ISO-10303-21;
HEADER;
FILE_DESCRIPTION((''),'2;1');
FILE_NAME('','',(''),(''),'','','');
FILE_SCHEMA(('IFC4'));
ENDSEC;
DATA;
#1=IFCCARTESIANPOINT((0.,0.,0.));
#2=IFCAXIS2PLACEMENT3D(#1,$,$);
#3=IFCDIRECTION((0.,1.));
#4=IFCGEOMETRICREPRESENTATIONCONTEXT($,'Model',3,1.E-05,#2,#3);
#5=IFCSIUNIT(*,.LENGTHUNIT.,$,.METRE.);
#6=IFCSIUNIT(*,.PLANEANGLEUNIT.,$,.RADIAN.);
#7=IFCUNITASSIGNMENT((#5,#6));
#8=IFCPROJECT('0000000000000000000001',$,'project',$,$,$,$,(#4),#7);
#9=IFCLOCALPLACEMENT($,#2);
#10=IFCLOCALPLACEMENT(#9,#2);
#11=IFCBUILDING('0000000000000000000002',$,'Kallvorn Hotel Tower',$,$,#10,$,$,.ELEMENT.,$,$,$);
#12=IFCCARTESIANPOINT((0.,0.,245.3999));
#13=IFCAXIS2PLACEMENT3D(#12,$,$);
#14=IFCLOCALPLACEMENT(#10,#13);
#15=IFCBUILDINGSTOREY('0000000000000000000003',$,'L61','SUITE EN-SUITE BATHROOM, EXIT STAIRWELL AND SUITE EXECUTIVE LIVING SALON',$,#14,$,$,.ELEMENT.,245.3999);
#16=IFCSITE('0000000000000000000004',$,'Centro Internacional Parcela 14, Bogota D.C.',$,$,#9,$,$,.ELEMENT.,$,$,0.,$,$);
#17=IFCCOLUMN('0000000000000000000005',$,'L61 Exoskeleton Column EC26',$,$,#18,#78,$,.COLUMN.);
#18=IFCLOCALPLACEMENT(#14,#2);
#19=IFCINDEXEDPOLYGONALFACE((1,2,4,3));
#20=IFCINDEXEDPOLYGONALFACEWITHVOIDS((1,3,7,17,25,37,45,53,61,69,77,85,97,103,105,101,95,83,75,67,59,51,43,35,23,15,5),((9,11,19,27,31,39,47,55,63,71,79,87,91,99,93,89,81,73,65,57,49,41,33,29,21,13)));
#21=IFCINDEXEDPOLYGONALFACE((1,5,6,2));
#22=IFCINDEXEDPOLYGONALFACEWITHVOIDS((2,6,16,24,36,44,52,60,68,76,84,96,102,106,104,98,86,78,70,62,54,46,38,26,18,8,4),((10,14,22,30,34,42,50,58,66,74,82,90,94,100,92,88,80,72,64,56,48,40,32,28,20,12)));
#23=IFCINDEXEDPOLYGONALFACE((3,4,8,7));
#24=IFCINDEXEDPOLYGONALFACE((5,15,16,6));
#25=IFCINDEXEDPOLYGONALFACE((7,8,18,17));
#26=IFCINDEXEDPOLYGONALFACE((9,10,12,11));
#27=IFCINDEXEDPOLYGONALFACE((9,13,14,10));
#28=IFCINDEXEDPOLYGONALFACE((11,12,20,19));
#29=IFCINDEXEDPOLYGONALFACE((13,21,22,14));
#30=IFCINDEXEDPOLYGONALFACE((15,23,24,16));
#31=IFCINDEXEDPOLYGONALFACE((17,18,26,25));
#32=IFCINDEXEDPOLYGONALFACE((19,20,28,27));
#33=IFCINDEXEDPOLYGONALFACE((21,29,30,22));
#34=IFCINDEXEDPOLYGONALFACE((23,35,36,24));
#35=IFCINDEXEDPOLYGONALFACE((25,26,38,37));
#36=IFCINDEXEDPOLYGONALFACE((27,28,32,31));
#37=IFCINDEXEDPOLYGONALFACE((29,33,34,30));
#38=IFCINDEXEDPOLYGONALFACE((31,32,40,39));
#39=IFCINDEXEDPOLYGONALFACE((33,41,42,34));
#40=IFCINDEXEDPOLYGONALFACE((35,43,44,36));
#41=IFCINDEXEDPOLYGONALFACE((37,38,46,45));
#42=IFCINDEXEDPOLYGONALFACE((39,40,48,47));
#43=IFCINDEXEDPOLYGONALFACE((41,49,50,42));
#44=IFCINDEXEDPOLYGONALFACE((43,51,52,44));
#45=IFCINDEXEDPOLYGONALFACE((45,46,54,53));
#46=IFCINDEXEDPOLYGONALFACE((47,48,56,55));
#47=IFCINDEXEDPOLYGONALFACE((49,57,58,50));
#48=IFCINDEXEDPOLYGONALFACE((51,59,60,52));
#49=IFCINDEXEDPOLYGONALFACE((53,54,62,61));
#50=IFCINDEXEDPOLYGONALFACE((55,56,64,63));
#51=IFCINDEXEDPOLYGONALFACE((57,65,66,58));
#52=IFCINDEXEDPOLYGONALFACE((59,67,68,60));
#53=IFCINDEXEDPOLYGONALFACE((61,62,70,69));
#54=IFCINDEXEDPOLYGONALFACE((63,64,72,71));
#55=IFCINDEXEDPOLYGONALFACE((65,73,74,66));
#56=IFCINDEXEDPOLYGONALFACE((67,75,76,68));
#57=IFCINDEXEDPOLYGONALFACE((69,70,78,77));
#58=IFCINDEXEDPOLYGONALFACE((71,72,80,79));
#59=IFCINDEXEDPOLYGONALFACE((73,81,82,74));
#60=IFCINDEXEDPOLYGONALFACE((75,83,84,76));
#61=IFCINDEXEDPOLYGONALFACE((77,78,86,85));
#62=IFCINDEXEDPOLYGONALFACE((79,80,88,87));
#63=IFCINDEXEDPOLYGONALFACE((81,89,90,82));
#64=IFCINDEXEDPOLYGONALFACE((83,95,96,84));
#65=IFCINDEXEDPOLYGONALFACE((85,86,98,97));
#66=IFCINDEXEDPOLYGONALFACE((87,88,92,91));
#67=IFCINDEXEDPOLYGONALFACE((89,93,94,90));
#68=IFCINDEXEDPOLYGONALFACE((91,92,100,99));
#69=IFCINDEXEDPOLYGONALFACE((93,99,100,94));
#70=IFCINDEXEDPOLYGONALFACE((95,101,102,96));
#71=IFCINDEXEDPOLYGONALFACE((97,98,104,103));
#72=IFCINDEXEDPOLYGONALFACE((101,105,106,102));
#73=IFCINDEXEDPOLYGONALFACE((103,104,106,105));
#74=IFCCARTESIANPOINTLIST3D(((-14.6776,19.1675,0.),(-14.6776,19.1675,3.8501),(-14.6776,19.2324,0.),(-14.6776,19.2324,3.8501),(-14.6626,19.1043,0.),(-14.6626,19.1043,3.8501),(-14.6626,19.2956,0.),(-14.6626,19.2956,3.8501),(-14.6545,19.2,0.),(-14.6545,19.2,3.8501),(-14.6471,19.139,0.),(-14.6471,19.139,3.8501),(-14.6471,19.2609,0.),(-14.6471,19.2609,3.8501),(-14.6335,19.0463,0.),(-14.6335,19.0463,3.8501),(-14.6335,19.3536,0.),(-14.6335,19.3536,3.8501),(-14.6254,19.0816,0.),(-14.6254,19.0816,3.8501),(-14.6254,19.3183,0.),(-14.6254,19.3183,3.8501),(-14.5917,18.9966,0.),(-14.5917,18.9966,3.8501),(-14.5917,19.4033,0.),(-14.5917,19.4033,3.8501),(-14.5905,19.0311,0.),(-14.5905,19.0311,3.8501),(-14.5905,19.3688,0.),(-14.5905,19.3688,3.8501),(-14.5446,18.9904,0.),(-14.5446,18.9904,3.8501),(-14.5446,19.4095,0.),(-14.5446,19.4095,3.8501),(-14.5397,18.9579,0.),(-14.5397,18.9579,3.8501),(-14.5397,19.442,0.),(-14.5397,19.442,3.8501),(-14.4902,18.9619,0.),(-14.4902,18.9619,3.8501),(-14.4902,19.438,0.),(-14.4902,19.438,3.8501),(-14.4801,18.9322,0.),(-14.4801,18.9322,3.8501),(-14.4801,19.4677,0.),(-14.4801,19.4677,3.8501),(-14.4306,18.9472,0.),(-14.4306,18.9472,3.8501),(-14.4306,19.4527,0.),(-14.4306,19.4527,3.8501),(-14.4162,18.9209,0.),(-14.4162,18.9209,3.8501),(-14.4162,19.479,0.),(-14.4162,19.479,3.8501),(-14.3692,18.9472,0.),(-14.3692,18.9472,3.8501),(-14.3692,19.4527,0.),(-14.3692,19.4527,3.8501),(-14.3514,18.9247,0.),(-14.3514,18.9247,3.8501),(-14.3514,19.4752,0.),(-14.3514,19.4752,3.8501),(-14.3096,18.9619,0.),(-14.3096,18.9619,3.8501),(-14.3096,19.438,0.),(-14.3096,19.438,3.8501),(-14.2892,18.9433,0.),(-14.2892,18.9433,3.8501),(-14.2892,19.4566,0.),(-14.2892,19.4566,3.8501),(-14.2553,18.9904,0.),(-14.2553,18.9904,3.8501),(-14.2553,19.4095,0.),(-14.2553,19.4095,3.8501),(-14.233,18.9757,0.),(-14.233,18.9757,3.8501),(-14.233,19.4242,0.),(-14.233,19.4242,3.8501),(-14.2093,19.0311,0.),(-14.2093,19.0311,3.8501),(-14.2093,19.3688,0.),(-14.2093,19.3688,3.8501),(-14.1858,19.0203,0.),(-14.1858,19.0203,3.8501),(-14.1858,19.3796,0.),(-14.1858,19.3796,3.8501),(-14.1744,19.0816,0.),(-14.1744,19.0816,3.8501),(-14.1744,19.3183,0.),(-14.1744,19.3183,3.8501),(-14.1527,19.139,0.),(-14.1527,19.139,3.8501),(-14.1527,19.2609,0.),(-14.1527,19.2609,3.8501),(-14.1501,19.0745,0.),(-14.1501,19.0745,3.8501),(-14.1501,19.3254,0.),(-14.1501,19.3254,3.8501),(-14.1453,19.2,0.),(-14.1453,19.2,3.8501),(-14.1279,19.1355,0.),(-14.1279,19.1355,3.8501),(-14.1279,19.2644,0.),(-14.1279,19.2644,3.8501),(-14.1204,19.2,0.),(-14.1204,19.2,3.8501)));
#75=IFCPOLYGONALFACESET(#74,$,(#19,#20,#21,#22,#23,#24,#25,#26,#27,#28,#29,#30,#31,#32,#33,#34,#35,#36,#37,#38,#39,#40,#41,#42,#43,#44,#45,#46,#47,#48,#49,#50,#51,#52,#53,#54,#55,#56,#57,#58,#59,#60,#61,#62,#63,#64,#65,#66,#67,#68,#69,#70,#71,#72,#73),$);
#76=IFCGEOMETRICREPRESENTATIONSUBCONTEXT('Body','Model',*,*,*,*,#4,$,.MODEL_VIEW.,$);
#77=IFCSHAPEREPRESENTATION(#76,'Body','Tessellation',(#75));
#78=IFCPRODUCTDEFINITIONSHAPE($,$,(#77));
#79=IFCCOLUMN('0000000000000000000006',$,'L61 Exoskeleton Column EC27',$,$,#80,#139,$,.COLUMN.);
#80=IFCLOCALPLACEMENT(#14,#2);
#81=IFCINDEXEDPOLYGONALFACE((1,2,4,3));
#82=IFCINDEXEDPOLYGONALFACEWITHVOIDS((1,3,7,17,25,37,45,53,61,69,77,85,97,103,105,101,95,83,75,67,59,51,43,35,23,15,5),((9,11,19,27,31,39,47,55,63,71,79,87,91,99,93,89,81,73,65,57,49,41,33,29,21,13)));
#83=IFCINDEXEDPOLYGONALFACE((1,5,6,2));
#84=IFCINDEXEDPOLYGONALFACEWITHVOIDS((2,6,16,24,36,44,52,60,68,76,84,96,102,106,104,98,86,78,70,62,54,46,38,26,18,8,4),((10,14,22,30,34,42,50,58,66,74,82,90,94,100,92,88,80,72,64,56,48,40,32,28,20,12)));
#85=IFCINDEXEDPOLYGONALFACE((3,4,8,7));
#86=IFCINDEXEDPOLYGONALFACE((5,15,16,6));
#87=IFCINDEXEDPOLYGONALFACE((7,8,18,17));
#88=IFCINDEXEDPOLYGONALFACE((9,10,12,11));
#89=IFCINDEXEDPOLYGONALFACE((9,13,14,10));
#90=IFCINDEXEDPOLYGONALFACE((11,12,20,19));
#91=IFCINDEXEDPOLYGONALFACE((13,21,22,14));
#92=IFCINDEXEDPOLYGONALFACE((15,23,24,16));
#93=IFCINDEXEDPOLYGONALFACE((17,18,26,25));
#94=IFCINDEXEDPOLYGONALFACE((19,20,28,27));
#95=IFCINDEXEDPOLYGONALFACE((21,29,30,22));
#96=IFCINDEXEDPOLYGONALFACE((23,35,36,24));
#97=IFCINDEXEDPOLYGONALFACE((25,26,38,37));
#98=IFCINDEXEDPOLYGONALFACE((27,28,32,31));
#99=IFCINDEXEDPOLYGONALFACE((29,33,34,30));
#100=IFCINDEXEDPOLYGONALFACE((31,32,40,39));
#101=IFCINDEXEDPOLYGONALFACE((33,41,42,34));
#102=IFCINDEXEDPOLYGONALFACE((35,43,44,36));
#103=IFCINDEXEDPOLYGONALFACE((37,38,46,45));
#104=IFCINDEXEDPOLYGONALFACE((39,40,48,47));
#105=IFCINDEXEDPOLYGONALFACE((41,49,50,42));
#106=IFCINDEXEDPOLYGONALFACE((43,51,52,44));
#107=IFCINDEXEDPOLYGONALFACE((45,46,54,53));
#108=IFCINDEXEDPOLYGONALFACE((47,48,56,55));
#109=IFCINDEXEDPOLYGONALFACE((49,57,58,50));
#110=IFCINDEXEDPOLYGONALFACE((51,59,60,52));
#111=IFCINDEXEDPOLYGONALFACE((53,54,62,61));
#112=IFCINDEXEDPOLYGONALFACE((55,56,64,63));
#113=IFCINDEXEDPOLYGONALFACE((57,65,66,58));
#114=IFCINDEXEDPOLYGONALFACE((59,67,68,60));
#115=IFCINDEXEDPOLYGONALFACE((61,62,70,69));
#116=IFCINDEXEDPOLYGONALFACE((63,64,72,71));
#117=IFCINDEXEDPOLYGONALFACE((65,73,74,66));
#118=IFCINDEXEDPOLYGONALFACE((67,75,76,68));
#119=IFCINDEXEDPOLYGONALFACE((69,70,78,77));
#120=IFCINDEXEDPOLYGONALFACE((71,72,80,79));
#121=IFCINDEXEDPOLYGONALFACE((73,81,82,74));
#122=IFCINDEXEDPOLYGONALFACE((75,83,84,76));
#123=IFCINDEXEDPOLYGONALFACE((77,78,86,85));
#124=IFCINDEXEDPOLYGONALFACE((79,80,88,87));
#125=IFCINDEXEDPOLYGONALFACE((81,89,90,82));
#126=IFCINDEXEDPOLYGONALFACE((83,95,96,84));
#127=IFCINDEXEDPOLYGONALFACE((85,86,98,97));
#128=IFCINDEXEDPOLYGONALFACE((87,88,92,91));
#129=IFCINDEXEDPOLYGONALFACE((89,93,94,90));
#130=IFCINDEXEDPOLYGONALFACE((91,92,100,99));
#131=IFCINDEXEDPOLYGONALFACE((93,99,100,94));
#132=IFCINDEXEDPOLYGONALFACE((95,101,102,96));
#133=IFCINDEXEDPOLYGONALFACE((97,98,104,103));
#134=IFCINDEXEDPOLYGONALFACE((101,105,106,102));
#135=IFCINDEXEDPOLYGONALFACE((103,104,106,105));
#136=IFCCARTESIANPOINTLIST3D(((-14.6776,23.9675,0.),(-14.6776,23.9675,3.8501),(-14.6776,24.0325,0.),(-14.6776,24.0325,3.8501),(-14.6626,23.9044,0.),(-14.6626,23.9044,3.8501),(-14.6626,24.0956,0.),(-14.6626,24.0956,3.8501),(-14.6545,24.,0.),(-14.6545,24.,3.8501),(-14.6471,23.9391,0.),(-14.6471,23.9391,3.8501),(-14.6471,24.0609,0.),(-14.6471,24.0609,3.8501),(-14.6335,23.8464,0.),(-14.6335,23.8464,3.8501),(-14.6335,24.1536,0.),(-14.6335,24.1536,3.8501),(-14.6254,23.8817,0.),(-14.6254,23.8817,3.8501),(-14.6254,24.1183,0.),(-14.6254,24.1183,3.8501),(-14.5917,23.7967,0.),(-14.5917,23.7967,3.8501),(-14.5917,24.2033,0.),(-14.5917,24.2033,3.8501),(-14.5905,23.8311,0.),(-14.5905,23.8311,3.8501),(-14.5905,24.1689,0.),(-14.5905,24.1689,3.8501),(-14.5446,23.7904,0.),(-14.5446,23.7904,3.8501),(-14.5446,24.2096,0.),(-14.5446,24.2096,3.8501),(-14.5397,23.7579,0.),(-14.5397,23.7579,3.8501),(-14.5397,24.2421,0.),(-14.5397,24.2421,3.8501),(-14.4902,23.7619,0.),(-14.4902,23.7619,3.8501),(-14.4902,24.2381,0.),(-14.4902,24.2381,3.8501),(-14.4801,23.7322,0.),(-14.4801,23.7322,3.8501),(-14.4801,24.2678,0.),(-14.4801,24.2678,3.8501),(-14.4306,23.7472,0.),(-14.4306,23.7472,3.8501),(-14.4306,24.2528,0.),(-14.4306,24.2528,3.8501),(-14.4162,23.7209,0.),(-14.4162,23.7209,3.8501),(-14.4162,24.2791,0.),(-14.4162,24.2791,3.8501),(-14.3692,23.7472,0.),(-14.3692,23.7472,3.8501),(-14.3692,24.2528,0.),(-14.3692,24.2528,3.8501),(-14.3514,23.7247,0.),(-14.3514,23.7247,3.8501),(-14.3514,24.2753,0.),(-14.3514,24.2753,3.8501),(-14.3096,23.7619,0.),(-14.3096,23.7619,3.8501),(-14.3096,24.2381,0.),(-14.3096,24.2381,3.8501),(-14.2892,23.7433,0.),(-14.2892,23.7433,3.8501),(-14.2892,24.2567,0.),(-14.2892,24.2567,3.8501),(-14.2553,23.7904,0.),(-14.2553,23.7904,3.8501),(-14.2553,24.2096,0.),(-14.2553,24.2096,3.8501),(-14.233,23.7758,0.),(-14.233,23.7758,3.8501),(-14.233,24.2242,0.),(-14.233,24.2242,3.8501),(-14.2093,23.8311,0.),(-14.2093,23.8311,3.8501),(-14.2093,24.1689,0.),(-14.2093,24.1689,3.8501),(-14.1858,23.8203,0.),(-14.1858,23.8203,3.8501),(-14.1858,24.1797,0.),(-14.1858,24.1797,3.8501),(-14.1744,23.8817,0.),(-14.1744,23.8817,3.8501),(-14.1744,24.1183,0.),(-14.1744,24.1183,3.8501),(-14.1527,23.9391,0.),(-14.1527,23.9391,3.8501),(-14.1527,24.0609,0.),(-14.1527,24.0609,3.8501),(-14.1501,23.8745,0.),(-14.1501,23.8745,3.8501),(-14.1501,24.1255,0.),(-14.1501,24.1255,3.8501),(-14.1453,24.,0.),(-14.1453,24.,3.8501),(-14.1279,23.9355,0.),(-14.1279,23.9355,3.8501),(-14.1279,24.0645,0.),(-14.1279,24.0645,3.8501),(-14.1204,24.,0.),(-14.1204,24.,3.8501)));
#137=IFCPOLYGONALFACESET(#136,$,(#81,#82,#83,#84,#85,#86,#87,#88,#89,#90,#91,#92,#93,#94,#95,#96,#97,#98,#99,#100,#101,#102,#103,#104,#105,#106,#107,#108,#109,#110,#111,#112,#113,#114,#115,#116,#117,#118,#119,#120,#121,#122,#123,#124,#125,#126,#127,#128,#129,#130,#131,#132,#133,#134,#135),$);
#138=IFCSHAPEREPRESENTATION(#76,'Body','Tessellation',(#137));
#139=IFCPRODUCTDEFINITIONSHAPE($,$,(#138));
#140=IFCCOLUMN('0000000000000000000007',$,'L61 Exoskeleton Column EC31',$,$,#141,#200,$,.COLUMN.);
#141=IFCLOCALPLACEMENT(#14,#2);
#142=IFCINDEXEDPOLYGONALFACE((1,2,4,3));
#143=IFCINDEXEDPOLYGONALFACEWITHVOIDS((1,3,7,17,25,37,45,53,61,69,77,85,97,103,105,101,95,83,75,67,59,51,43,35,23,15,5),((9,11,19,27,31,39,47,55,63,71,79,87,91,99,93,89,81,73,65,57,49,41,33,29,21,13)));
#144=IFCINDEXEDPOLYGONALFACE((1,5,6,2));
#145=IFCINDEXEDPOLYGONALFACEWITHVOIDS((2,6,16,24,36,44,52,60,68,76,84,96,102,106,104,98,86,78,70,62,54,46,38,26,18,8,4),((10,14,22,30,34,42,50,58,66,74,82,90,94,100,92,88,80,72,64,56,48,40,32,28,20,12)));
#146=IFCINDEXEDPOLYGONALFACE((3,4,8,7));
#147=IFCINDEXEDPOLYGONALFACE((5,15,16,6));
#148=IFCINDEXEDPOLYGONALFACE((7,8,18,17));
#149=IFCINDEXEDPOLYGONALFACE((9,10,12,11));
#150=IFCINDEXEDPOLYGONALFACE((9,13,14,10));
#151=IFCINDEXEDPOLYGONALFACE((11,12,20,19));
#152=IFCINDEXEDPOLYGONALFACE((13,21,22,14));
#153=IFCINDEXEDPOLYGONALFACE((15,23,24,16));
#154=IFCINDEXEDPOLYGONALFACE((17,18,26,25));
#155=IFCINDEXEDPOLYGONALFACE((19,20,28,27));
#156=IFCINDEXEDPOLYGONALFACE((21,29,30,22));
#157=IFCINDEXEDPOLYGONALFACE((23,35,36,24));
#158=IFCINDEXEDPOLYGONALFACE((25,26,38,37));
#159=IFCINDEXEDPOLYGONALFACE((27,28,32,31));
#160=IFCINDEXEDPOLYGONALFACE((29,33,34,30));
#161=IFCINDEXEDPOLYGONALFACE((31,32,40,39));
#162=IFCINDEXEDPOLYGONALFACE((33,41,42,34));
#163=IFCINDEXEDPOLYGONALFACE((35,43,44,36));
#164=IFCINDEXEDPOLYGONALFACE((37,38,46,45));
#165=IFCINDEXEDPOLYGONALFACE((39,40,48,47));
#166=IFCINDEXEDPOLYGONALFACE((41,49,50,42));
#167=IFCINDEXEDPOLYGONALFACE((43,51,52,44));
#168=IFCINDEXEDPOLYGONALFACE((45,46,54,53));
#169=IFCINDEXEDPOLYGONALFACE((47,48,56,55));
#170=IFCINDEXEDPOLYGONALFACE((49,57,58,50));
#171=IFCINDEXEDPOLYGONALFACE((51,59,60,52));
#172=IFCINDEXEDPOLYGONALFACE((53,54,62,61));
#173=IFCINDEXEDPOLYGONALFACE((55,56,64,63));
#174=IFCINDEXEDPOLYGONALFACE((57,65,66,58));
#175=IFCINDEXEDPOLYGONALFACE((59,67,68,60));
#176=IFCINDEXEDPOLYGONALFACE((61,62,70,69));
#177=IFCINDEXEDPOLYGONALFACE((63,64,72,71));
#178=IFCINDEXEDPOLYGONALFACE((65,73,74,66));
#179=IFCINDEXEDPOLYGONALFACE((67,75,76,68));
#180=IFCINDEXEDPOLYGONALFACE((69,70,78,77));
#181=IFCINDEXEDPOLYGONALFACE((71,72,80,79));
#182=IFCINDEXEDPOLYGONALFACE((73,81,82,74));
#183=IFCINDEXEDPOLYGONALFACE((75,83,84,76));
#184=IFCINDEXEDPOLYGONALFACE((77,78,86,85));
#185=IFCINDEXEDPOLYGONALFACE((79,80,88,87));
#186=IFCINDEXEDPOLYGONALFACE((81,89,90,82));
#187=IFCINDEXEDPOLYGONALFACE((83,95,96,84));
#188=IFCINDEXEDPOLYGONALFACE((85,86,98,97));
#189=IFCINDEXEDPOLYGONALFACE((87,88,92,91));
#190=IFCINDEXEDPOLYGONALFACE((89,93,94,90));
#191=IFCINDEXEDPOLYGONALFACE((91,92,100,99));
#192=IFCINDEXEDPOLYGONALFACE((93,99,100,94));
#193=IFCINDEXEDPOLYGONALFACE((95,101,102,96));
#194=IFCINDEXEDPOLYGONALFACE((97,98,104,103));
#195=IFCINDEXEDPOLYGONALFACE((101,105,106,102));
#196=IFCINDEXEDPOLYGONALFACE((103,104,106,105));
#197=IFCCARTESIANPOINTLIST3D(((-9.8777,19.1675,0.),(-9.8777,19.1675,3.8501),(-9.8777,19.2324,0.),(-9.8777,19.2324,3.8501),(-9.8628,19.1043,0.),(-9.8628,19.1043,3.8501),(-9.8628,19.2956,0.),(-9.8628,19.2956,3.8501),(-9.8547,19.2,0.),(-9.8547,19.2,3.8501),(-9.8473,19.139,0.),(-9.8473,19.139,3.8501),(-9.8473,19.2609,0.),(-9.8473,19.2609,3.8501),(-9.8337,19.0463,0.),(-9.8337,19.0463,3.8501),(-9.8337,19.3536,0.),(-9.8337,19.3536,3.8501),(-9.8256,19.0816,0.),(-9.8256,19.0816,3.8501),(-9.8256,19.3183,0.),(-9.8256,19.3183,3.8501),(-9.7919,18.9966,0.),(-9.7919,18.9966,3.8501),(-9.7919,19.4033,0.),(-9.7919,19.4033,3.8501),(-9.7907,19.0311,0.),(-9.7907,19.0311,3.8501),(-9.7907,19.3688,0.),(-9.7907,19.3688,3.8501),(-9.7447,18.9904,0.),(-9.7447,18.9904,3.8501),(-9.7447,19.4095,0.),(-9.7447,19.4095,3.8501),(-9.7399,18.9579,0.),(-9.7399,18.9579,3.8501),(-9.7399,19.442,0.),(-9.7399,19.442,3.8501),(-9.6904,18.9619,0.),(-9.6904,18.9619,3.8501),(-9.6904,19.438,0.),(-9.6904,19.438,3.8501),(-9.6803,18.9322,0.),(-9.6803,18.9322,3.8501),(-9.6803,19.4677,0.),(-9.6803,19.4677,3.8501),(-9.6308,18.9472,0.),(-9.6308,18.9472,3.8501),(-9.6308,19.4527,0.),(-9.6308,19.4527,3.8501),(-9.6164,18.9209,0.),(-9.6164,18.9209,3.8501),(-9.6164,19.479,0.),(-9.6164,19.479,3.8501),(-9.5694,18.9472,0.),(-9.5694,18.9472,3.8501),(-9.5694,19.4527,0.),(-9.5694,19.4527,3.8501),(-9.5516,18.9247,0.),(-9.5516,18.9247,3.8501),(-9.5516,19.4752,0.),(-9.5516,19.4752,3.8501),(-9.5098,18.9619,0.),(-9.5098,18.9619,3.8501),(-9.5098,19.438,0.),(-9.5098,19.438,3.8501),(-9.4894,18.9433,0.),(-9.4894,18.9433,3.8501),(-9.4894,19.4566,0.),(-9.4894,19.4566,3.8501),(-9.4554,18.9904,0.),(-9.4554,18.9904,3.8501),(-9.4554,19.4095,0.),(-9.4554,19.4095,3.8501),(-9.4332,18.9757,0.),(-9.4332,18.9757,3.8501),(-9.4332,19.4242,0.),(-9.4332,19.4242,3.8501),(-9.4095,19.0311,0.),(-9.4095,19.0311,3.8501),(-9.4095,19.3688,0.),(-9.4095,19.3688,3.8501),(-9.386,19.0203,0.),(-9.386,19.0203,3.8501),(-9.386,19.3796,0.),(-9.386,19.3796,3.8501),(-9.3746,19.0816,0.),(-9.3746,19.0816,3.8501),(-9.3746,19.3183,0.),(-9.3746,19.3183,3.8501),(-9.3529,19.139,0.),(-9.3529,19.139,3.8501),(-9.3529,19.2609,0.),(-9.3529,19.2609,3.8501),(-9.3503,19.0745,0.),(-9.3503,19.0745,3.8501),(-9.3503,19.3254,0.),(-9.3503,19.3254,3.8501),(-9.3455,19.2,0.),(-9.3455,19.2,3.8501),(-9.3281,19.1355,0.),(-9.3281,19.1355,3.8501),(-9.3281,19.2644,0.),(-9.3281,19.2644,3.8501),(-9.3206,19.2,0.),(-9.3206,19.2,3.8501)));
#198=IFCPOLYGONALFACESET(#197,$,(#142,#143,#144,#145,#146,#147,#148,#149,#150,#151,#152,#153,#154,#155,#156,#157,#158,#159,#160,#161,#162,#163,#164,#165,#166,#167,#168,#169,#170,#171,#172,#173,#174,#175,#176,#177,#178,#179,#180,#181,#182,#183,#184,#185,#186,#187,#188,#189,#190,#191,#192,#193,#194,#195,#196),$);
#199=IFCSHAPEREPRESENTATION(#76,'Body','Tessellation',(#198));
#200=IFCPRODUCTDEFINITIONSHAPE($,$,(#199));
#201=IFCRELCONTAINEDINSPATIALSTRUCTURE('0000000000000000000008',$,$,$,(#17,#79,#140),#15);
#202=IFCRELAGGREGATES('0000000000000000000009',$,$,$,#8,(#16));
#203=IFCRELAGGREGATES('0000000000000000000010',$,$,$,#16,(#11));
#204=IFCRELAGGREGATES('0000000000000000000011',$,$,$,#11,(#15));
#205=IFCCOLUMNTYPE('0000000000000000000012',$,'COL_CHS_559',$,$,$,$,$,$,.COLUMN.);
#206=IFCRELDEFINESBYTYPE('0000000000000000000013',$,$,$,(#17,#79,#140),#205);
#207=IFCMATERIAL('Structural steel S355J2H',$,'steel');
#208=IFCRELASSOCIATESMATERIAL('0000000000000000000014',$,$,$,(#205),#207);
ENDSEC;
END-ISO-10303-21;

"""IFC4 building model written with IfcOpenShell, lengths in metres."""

from ifc_helpers import new_model, si_unit, direction, frame, origin, origin_2d, place, context, subcontext, project, spatial, hollow_circle, extrude, material, material_profile, profile_set, type_object, element, save


model = new_model("IFC4")

# Units and contexts
model_context = context("Model", 3, precision=1e-05, world=origin(), true_north=direction((0.0, 1.0)))
body_context = subcontext(model_context, "Body", "Model", "MODEL_VIEW")
ifc_project = project(units=[si_unit("LENGTHUNIT", "METRE"), si_unit("PLANEANGLEUNIT", "RADIAN")], contexts=[model_context])

# Site, building, storey
site_placement = place(None, origin())
site = spatial("IfcSite", under=ifc_project, at=site_placement, Name="Centro Internacional Parcela 14, Bogota D.C.", CompositionType="ELEMENT", RefElevation=0.0)
building_placement = place(site_placement, origin())
building = spatial("IfcBuilding", under=site, at=building_placement, Name="Kallvorn Hotel Tower", CompositionType="ELEMENT")
storey_placement = place(building_placement, frame((0.0, 0.0, 245.3999)))
storey = spatial("IfcBuildingStorey", under=building, at=storey_placement, Name="L61", Description="SUITE EN-SUITE BATHROOM, EXIT STAIRWELL AND SUITE EXECUTIVE LIVING SALON", CompositionType="ELEMENT", Elevation=245.3999)

# Columns
ifc_material_1 = material(Name="Structural steel S355J2H", Category="steel")
ifc_material_profile_1 = material_profile(ifc_material_1, hollow_circle(Radius=0.2795, WallThickness=0.0249, at=origin_2d()), Name="CHS 559x25")
ifc_profile_set_1 = profile_set([ifc_material_profile_1], Name="Structural steel S355J2H")
column_type_1 = type_object("IfcColumnType", Name="COL_CHS_559", PredefinedType="COLUMN", material=ifc_profile_set_1)
for number, where, z_axis, x_axis, name in (
    (1, (-14.3999, 19.2, 0.0), (0.0, 0.0, 1.0), (1.0, 0.0, 0.0), "L61 Exoskeleton Column EC26"),
    (2, (-14.3999, 24.0, 0.0), (0.0, 0.0, 1.0), (1.0, 0.0, 0.0), "L61 Exoskeleton Column EC27"),
    (3, (-9.6001, 19.2, 0.0), (0.0, 0.0, 1.0), (1.0, 0.0, 0.0), "L61 Exoskeleton Column EC31"),
):
    element("IfcColumn", number, at=place(storey_placement, frame(where, z_axis=z_axis, x_axis=x_axis)), inside=storey, type_object=column_type_1, Name=name, PredefinedType="COLUMN", context=body_context, shape_type="SweptSolid", body=[
        extrude(hollow_circle(Radius=0.2795, WallThickness=0.0249, at=origin_2d()), origin(), (0.0, 0.0, 1.0), 3.8501),
    ])

save(model, "model.ifc")
